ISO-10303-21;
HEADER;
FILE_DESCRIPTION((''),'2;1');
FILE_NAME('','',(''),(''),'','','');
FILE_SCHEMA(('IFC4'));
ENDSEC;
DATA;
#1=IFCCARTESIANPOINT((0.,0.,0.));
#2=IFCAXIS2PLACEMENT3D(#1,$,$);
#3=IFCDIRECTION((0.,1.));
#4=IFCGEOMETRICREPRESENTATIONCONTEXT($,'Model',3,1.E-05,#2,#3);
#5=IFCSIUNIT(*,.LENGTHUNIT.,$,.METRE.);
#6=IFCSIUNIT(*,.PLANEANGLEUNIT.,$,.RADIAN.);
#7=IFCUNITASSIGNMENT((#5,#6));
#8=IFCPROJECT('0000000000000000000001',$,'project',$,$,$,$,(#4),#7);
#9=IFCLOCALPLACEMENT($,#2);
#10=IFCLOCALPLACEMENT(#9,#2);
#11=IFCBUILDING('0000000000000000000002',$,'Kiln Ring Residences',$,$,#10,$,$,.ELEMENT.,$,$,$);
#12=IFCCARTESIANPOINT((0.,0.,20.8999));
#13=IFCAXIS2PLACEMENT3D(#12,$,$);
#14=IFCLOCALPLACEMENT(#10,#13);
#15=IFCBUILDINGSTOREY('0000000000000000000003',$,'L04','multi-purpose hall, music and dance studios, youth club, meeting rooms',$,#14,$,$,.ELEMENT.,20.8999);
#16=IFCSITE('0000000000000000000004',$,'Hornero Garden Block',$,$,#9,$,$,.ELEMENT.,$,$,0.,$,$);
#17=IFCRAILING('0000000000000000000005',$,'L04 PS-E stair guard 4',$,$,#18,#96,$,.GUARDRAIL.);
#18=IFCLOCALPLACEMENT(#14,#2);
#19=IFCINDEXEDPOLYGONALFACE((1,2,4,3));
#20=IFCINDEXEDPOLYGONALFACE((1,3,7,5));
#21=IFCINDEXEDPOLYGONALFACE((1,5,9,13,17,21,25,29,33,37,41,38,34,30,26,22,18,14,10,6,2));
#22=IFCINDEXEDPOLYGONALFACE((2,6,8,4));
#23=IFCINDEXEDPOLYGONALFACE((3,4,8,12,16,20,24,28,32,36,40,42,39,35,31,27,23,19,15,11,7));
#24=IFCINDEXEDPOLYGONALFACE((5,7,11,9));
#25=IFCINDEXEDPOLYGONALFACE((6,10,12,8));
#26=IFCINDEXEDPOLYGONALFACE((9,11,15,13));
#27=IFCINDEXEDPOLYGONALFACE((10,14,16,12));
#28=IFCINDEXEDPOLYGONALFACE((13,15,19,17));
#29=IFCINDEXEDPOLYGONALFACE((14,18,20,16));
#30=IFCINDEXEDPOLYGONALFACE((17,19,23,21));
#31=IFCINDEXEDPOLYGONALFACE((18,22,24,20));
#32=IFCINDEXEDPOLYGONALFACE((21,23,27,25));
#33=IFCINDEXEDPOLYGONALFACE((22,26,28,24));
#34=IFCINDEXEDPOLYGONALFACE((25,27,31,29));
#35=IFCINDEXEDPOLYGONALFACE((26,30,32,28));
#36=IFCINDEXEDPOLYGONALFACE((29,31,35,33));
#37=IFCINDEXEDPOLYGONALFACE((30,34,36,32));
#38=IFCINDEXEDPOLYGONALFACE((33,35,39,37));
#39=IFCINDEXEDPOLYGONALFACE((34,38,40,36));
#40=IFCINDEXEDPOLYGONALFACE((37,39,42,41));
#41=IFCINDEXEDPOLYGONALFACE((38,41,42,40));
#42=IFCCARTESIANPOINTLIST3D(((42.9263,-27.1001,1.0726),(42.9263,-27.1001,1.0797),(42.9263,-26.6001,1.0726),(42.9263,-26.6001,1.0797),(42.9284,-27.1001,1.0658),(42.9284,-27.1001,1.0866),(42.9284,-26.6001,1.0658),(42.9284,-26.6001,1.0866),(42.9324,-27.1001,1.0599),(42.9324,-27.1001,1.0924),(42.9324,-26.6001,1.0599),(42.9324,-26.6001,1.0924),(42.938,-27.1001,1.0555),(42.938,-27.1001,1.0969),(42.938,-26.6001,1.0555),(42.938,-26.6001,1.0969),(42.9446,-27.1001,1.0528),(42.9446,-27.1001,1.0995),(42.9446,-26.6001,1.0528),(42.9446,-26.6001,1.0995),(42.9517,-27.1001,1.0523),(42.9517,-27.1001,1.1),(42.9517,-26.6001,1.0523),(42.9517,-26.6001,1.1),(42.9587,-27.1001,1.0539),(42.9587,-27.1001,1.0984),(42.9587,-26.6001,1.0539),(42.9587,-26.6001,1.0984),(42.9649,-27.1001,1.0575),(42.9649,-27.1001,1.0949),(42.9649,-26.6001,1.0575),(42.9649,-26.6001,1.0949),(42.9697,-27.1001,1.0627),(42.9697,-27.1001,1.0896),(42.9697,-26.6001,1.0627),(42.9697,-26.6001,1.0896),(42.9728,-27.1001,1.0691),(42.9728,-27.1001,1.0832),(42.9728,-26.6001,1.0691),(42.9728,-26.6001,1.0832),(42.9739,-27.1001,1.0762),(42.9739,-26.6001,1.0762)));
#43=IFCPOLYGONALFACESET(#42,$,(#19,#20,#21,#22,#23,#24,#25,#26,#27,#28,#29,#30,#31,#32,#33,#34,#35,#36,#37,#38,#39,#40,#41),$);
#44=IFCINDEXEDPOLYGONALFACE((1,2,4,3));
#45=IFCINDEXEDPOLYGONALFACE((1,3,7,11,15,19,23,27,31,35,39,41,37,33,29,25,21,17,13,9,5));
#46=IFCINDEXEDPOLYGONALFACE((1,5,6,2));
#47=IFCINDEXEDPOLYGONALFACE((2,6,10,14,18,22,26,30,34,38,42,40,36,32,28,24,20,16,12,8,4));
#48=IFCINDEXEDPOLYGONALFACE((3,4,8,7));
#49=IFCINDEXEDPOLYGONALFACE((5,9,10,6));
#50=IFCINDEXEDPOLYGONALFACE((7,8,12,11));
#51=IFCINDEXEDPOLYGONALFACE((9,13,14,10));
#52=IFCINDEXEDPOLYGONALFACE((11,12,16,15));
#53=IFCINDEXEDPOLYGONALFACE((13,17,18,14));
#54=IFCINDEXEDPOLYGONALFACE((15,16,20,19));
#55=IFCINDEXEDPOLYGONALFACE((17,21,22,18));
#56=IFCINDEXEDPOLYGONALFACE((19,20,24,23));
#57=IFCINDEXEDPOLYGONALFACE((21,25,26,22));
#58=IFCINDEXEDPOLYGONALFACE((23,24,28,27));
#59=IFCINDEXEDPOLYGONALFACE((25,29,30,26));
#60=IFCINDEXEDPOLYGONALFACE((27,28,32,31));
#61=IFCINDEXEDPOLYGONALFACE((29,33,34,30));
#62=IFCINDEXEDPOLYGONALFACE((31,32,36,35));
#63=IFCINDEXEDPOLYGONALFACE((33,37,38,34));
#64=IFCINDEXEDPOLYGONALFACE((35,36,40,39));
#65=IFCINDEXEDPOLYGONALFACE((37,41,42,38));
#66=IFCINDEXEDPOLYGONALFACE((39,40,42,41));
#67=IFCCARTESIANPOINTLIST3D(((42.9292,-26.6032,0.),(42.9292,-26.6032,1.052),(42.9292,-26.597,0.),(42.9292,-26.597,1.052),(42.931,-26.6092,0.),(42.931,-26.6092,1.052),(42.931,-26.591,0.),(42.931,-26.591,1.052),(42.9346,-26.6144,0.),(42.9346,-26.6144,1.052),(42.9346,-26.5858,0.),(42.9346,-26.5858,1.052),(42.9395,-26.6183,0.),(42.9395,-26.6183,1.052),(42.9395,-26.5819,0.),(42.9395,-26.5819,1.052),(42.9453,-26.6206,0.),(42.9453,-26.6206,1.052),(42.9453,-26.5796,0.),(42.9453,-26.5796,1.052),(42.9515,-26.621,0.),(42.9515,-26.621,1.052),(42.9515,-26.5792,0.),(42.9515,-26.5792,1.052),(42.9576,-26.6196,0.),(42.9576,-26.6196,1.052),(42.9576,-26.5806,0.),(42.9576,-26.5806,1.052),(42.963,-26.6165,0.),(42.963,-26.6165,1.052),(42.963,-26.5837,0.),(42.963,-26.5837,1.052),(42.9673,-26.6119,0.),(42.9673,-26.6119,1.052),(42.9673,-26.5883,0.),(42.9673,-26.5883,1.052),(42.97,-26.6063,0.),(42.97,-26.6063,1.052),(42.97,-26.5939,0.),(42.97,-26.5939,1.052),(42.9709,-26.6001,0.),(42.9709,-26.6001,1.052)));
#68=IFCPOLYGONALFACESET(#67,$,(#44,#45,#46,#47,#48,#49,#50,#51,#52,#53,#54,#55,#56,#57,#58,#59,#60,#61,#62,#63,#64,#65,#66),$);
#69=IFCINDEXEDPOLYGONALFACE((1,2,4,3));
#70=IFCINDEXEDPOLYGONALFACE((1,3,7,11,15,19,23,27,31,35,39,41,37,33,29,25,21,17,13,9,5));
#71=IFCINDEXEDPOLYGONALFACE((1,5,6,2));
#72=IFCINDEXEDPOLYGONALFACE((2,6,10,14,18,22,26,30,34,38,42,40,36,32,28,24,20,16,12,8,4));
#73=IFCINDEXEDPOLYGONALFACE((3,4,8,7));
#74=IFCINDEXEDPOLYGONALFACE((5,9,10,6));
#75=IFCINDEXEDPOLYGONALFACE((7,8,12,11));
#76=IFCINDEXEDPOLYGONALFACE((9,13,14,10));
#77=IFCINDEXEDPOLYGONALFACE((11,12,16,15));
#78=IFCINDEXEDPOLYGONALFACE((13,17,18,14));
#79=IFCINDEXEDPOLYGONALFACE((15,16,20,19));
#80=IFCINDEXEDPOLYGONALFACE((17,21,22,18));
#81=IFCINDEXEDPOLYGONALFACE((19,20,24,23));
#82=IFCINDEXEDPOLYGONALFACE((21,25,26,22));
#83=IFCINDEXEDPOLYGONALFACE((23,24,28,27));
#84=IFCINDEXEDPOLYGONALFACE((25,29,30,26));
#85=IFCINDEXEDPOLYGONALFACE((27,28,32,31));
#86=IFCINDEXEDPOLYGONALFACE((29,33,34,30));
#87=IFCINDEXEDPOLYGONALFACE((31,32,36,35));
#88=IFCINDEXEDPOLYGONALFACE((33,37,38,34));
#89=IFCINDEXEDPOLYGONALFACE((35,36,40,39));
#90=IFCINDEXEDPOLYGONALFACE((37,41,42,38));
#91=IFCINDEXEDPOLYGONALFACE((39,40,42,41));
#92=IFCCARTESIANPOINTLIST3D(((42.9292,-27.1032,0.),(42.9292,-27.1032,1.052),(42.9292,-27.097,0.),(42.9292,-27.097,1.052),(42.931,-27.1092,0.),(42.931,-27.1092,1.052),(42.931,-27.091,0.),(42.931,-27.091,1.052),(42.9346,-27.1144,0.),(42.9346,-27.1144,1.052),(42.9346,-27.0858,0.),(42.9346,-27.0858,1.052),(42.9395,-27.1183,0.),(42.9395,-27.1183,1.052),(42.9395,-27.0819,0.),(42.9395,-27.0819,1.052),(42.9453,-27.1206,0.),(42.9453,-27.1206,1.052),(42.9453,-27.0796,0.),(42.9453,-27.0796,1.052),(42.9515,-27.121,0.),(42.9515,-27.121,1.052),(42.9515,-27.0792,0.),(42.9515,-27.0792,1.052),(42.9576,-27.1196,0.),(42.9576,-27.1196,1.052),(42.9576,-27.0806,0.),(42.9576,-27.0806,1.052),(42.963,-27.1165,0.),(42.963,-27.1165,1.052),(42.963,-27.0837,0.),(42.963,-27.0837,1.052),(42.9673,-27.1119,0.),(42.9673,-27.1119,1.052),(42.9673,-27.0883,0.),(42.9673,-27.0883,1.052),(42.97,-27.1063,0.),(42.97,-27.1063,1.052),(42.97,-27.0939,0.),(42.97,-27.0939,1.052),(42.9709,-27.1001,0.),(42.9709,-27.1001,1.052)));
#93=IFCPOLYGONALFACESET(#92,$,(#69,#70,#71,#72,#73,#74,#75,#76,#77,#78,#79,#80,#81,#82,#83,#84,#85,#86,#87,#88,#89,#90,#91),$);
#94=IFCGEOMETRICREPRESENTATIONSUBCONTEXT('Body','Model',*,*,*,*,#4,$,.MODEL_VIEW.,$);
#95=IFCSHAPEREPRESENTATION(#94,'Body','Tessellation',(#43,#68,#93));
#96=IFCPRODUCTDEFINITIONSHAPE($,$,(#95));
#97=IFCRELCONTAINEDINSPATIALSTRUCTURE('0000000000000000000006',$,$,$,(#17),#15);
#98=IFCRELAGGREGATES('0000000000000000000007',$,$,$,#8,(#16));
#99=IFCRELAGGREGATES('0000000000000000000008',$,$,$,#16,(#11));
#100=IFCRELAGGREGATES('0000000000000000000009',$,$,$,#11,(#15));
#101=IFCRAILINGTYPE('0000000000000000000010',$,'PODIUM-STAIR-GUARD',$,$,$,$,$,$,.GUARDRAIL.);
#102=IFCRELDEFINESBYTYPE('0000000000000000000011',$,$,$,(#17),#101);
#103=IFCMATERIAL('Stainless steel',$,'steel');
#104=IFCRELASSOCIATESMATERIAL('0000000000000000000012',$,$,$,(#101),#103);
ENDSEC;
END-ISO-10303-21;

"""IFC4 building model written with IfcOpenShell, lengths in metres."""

from ifc_helpers import new_model, si_unit, direction, frame, origin, origin_2d, place, context, subcontext, project, spatial, circle, extrude, material, type_object, element, save


model = new_model("IFC4")

# Units and contexts
model_context = context("Model", 3, precision=1e-05, world=origin(), true_north=direction((0.0, 1.0)))
body_context = subcontext(model_context, "Body", "Model", "MODEL_VIEW")
ifc_project = project(units=[si_unit("LENGTHUNIT", "METRE"), si_unit("PLANEANGLEUNIT", "RADIAN")], contexts=[model_context])

# Site, building, storey
site_placement = place(None, origin())
site = spatial("IfcSite", under=ifc_project, at=site_placement, Name="Hornero Garden Block", CompositionType="ELEMENT", RefElevation=0.0)
building_placement = place(site_placement, origin())
building = spatial("IfcBuilding", under=site, at=building_placement, Name="Kiln Ring Residences", CompositionType="ELEMENT")
storey_placement = place(building_placement, frame((0.0, 0.0, 20.8999)))
storey = spatial("IfcBuildingStorey", under=building, at=storey_placement, Name="L04", Description="multi-purpose hall, music and dance studios, youth club, meeting rooms", CompositionType="ELEMENT", Elevation=20.8999)

# Railing
ifc_material_1 = material(Name="Stainless steel", Category="steel")
railing_type_1 = type_object("IfcRailingType", Name="PODIUM-STAIR-GUARD", PredefinedType="GUARDRAIL", material=ifc_material_1)
railing_1_placement = place(storey_placement, frame((42.95, -26.6001, 0.0)))
element("IfcRailing", 1, at=railing_1_placement, inside=storey, type_object=railing_type_1, Name="L04 PS-E stair guard 4", PredefinedType="GUARDRAIL", context=body_context, shape_type="SweptSolid", body=[
    extrude(circle(Radius=0.0239, at=origin_2d()), frame((0.0, 0.0, 1.0762), z_axis=(0.0, -1.0, 0.0), x_axis=(1.0, 0.0, 0.0)), (0.0, 0.0, 1.0), 0.5),
    extrude(circle(Radius=0.021, at=origin_2d()), origin(), (0.0, 0.0, 1.0), 1.052),
    extrude(circle(Radius=0.021, at=origin_2d()), frame((0.0, -0.5, 0.0)), (0.0, 0.0, 1.0), 1.052),
])

save(model, "model.ifc")
